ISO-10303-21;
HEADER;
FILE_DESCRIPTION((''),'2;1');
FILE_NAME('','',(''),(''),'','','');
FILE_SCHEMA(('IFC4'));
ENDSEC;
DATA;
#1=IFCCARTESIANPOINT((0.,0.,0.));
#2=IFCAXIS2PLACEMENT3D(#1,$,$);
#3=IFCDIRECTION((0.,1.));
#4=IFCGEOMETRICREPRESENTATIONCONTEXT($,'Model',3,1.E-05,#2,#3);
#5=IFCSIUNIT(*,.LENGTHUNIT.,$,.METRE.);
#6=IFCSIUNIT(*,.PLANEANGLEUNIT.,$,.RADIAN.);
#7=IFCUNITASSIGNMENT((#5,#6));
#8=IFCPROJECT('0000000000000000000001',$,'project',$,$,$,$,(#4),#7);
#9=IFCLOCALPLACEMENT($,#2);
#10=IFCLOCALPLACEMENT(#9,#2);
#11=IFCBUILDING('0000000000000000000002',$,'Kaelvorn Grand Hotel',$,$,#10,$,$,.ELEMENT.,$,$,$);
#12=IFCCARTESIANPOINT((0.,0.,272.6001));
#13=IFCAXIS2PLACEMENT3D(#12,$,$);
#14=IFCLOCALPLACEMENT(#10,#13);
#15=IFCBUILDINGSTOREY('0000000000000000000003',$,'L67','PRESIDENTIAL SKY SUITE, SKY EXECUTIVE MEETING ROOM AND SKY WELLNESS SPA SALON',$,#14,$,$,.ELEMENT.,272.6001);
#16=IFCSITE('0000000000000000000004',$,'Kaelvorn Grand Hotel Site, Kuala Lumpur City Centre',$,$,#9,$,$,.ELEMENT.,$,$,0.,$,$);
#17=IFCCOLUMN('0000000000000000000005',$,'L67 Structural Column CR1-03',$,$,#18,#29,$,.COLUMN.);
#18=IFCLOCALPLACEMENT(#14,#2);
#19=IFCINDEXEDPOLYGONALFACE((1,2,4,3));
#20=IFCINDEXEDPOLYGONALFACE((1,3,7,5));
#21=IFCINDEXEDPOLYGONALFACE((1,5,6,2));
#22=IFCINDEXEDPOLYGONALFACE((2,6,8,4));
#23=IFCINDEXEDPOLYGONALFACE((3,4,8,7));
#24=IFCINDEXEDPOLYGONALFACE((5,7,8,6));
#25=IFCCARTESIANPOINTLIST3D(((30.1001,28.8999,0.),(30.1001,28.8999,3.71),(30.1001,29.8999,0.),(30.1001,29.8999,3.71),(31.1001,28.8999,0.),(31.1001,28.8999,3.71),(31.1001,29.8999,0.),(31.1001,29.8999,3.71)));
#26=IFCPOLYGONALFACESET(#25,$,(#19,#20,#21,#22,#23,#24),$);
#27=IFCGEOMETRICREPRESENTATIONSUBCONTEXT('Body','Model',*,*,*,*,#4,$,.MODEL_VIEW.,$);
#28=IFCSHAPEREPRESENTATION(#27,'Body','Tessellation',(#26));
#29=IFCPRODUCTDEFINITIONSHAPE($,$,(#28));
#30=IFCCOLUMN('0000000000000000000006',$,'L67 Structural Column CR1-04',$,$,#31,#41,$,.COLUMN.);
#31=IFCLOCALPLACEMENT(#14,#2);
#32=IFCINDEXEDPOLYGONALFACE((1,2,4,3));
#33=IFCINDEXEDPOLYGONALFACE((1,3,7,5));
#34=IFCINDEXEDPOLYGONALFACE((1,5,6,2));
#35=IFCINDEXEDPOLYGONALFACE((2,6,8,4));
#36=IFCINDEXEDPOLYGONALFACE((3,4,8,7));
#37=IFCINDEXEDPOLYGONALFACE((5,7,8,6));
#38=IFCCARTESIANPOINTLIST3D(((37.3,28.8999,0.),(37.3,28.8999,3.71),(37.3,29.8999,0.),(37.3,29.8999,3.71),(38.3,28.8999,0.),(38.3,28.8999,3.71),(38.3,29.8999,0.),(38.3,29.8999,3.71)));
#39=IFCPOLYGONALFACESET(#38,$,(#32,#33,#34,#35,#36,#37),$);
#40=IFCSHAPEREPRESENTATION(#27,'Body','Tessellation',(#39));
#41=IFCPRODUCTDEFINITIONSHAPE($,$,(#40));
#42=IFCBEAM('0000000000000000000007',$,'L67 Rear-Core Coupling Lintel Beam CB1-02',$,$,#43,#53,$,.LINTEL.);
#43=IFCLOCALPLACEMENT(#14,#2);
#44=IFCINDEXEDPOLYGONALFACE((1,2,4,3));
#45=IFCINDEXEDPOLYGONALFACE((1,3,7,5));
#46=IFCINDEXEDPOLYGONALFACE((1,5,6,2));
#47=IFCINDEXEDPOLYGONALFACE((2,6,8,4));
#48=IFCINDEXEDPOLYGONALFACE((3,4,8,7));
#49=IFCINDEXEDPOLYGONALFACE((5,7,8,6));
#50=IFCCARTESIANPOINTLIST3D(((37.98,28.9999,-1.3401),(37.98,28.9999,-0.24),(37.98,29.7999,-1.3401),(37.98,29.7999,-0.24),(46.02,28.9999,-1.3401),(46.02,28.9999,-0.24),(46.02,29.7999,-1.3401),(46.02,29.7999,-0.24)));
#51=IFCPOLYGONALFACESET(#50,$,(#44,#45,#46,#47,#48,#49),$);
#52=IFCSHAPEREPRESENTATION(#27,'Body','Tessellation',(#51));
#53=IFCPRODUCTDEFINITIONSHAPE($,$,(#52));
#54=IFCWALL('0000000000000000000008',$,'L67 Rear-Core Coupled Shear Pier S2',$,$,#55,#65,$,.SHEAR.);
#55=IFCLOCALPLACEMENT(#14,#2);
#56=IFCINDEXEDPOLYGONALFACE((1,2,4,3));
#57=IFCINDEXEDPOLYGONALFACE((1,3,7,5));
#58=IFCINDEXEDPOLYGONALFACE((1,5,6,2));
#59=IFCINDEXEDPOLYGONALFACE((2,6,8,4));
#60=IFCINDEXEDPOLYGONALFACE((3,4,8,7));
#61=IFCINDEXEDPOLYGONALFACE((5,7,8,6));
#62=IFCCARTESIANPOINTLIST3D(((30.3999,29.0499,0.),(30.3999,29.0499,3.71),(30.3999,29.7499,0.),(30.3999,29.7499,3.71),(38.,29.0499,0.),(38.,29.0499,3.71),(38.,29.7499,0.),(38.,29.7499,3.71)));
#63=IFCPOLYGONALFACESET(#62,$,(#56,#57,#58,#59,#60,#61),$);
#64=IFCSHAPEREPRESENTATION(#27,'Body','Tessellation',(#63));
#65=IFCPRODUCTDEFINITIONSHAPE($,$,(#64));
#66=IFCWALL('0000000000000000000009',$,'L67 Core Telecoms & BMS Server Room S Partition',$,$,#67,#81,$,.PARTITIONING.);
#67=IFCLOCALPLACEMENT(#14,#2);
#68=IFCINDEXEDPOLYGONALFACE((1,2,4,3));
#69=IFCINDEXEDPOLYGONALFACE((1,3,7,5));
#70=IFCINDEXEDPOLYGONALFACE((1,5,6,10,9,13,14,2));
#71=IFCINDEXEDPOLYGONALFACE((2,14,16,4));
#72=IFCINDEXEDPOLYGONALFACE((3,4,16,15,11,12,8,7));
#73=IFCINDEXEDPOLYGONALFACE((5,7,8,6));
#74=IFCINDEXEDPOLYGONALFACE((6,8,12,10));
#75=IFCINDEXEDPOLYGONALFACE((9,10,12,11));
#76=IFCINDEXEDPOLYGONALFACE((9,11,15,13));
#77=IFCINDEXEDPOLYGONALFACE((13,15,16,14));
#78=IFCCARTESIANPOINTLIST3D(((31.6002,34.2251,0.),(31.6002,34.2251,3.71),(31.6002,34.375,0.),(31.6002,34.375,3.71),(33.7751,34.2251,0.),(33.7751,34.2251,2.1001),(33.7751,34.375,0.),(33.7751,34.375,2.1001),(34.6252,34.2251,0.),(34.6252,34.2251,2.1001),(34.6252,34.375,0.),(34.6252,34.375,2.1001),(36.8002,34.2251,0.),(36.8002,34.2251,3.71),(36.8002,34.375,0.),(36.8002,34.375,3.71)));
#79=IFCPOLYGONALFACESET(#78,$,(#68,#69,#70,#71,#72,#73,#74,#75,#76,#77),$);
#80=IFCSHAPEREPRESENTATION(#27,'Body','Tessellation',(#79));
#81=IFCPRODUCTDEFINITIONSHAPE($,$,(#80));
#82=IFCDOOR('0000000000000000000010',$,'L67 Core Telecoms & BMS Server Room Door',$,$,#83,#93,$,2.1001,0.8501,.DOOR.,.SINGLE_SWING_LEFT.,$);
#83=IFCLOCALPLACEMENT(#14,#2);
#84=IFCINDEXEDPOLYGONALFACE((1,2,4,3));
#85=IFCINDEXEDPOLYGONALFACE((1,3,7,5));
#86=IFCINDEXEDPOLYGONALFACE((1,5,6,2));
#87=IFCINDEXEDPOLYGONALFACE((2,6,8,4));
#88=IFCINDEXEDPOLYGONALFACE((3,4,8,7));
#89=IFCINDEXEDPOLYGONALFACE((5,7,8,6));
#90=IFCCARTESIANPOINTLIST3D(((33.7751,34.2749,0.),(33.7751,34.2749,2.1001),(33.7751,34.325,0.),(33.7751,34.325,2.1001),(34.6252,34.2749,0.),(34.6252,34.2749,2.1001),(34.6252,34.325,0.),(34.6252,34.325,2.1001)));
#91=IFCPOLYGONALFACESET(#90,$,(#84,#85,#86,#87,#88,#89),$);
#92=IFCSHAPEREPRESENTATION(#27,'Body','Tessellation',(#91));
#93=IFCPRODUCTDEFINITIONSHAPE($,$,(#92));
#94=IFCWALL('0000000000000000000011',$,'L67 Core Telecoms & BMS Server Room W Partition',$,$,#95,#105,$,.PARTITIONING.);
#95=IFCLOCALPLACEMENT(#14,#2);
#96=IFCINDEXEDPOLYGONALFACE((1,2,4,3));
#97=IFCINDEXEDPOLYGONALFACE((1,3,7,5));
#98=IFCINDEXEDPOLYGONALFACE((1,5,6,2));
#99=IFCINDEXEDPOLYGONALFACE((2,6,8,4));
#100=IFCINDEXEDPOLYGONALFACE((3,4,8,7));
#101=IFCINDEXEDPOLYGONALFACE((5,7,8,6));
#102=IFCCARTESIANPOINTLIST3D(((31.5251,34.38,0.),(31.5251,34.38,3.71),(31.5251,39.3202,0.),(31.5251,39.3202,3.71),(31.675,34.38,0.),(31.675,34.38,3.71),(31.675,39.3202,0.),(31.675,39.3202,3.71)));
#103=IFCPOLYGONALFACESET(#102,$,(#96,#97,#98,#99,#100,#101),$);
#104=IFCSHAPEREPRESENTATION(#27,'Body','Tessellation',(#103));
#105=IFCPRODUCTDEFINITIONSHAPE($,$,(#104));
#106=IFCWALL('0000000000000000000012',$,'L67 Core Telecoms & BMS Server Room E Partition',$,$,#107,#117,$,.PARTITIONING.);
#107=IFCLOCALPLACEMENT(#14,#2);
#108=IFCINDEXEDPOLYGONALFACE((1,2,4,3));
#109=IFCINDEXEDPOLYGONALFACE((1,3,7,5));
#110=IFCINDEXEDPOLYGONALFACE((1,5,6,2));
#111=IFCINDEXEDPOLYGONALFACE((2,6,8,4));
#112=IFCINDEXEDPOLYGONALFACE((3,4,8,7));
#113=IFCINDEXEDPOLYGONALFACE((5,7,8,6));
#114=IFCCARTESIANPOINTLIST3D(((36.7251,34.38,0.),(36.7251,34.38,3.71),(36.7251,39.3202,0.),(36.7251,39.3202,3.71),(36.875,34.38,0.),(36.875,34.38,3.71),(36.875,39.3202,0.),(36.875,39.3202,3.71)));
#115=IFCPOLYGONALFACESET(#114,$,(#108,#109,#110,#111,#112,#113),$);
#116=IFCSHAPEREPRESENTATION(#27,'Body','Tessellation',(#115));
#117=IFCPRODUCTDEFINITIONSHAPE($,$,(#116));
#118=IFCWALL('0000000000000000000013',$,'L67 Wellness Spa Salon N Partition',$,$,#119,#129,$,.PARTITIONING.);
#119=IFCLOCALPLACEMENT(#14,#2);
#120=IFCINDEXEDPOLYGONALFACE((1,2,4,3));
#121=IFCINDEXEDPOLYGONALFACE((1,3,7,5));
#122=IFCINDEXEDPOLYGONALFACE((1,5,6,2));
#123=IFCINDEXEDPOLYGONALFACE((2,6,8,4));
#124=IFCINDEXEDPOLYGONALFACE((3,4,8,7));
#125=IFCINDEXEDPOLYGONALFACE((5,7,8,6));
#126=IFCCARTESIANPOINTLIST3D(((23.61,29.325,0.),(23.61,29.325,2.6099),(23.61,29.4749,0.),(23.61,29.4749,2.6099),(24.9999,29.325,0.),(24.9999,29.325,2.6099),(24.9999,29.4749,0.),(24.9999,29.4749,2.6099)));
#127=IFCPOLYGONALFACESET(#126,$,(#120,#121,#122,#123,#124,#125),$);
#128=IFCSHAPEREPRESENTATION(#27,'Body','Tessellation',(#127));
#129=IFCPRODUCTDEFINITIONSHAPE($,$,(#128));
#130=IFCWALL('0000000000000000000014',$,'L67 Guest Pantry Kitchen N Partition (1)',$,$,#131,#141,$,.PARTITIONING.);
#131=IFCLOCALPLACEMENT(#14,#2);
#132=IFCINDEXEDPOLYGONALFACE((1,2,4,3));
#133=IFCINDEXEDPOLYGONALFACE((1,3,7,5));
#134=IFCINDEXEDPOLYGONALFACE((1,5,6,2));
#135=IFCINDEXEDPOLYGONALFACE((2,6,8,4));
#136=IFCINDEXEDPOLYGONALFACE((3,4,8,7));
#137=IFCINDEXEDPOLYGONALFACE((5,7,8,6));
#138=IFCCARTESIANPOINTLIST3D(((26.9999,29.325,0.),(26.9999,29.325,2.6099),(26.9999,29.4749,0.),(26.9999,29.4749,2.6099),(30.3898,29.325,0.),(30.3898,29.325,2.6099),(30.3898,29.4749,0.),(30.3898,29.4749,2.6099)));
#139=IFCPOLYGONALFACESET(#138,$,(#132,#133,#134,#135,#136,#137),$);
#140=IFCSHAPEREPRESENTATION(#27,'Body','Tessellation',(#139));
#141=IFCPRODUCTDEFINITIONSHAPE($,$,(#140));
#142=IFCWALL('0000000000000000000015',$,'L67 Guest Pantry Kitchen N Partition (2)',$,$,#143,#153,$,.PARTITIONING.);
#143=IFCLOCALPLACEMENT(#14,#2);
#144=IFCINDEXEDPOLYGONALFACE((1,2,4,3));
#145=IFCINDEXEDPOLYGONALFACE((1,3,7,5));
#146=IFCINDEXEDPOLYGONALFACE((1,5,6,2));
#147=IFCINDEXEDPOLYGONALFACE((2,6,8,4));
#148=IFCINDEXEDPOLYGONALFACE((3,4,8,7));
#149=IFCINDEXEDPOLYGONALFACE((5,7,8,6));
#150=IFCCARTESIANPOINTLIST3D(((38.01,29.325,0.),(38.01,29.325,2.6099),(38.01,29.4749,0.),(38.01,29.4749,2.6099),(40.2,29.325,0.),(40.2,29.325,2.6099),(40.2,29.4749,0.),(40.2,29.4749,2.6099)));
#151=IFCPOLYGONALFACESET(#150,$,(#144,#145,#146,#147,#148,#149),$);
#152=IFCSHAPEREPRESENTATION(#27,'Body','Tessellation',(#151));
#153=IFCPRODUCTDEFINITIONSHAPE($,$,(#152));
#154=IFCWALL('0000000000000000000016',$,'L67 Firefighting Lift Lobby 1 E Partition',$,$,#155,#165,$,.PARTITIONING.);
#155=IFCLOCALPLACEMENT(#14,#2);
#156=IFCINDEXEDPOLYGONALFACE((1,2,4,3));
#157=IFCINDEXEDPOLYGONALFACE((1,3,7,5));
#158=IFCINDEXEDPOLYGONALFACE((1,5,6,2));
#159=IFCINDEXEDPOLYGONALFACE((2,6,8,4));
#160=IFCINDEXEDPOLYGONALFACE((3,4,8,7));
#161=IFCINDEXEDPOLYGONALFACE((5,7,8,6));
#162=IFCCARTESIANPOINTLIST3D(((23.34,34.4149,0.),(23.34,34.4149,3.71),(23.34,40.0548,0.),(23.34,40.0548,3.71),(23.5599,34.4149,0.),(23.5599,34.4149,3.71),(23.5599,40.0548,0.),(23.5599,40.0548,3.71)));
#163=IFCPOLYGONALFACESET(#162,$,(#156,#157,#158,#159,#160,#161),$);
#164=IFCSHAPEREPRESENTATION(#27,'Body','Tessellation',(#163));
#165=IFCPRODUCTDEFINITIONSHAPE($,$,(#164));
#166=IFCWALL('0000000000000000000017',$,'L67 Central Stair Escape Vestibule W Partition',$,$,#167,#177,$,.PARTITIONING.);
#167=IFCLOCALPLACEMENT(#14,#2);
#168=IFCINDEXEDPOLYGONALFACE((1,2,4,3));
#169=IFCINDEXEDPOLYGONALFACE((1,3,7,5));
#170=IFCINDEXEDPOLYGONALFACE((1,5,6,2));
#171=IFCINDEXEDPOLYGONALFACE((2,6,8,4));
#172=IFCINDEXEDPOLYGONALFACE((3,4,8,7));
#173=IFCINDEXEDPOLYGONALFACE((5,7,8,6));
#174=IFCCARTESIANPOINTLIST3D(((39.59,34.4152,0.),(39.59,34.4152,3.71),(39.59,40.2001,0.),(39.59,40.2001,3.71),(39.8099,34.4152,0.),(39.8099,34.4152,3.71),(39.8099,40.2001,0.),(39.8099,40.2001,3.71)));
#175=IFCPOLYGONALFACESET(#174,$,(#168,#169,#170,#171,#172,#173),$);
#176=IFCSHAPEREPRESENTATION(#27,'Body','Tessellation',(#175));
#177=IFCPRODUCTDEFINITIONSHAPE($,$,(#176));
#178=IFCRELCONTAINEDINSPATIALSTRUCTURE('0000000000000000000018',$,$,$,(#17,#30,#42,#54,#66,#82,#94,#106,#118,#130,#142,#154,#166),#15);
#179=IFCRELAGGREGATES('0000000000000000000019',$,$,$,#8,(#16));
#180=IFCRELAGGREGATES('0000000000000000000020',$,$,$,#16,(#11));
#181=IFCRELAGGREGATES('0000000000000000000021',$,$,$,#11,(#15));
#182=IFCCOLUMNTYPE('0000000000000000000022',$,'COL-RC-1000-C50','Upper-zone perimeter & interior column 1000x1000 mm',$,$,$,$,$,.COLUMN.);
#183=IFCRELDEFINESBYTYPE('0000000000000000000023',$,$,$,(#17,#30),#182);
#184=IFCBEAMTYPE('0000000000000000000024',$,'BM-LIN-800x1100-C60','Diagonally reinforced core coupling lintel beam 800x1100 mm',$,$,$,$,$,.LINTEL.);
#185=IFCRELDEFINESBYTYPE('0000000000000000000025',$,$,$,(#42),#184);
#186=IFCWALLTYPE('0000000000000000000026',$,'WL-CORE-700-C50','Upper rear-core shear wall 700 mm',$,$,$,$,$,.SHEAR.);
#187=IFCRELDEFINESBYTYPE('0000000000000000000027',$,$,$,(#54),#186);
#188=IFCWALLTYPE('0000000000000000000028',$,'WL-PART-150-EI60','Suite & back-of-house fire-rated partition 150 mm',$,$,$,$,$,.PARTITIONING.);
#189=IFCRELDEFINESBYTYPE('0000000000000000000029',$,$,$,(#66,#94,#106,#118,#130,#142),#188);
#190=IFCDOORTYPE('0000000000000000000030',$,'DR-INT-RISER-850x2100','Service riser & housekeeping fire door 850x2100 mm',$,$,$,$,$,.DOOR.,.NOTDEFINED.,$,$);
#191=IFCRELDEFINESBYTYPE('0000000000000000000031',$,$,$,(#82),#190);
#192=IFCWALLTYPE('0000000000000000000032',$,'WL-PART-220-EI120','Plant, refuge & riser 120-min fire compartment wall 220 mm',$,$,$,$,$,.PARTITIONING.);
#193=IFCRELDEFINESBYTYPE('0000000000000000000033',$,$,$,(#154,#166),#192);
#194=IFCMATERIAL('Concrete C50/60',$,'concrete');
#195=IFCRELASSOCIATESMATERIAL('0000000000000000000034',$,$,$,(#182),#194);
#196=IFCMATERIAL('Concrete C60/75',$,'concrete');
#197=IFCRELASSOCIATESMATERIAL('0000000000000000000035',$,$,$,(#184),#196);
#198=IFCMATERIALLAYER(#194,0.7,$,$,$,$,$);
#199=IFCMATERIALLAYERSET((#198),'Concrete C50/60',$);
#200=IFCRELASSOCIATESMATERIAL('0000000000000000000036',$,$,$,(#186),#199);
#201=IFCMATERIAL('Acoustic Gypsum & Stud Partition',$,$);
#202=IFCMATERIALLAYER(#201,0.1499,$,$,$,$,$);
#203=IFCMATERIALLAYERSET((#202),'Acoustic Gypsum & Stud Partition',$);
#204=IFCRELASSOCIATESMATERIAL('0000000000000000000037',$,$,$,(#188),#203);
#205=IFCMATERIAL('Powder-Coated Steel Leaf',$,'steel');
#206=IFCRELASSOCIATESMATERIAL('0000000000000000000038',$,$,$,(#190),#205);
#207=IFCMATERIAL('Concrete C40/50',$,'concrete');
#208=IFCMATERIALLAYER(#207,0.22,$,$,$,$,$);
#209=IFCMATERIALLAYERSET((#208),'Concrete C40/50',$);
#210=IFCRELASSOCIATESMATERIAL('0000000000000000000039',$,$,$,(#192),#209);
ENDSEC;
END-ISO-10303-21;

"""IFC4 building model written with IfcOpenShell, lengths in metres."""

from ifc_helpers import new_model, si_unit, direction, frame, frame_2d, origin, origin_2d, place, context, subcontext, project, spatial, rectangle, extrude, material, layer, layer_set, material_profile, profile_set, type_object, element, fill, save


model = new_model("IFC4")

# Units and contexts
model_context = context("Model", 3, precision=1e-05, world=origin(), true_north=direction((0.0, 1.0)))
body_context = subcontext(model_context, "Body", "Model", "MODEL_VIEW")
ifc_project = project(units=[si_unit("LENGTHUNIT", "METRE"), si_unit("PLANEANGLEUNIT", "RADIAN")], contexts=[model_context])

# Site, building, storey
site_placement = place(None, origin())
site = spatial("IfcSite", under=ifc_project, at=site_placement, Name="Kaelvorn Grand Hotel Site, Kuala Lumpur City Centre", CompositionType="ELEMENT", RefElevation=0.0)
building_placement = place(site_placement, origin())
building = spatial("IfcBuilding", under=site, at=building_placement, Name="Kaelvorn Grand Hotel", CompositionType="ELEMENT")
storey_placement = place(building_placement, frame((0.0, 0.0, 272.6001)))
storey = spatial("IfcBuildingStorey", under=building, at=storey_placement, Name="L67", Description="PRESIDENTIAL SKY SUITE, SKY EXECUTIVE MEETING ROOM AND SKY WELLNESS SPA SALON", CompositionType="ELEMENT", Elevation=272.6001)

# Columns
ifc_material_1 = material(Name="Concrete C50/60", Category="concrete")
ifc_material_profile_1 = material_profile(ifc_material_1, rectangle(XDim=1.0, YDim=1.0, at=origin_2d()), Name="RC COL 1000x1000")
ifc_profile_set_1 = profile_set([ifc_material_profile_1], Name="Concrete C50/60")
column_type = type_object("IfcColumnType", Name="COL-RC-1000-C50", Description="Upper-zone perimeter & interior column 1000x1000 mm", PredefinedType="COLUMN", material=ifc_profile_set_1)
for number, where, z_axis, x_axis, name in (
    (1, (30.6001, 29.3999, 0.0), (0.0, 0.0, 1.0), (1.0, 0.0, 0.0), "L67 Structural Column CR1-03"),
    (2, (37.8, 29.3999, 0.0), (0.0, 0.0, 1.0), (1.0, 0.0, 0.0), "L67 Structural Column CR1-04"),
):
    element("IfcColumn", number, at=place(storey_placement, frame(where, z_axis=z_axis, x_axis=x_axis)), inside=storey, type_object=column_type, Name=name, PredefinedType="COLUMN", context=body_context, shape_type="SweptSolid", body=[
        extrude(rectangle(XDim=1.0, YDim=1.0, at=origin_2d()), origin(), (0.0, 0.0, 1.0), 3.71),
    ])

# Beam
ifc_material_2 = material(Name="Concrete C60/75", Category="concrete")
ifc_material_profile_2 = material_profile(ifc_material_2, rectangle(XDim=0.8, YDim=1.1001, at=origin_2d()), Name="RC LINTEL 800x1100")
ifc_profile_set_2 = profile_set([ifc_material_profile_2], Name="Concrete C60/75")
beam_type = type_object("IfcBeamType", Name="BM-LIN-800x1100-C60", Description="Diagonally reinforced core coupling lintel beam 800x1100 mm", PredefinedType="LINTEL", material=ifc_profile_set_2)
beam_placement = place(storey_placement, frame((37.98, 29.3999, -0.79), z_axis=(1.0, 0.0, 0.0), x_axis=(0.0, 1.0, 0.0)))
element("IfcBeam", 3, at=beam_placement, inside=storey, type_object=beam_type, Name="L67 Rear-Core Coupling Lintel Beam CB1-02", PredefinedType="LINTEL", context=body_context, shape_type="SweptSolid", body=[
    extrude(rectangle(XDim=0.8, YDim=1.1001, at=origin_2d()), origin(), (0.0, 0.0, 1.0), 8.04),
])

# Wall
ifc_layer_1 = layer(ifc_material_1, 0.7)
ifc_layer_set_1 = layer_set([ifc_layer_1], Name="Concrete C50/60")
wall_type_1 = type_object("IfcWallType", Name="WL-CORE-700-C50", Description="Upper rear-core shear wall 700 mm", PredefinedType="SHEAR", material=ifc_layer_set_1)
wall_1_placement = place(storey_placement, frame((30.3999, 29.3999, 0.0), z_axis=(0.0, 0.0, 1.0), x_axis=(1.0, 0.0, 0.0)))
element("IfcWall", 4, at=wall_1_placement, inside=storey, type_object=wall_type_1, Name="L67 Rear-Core Coupled Shear Pier S2", PredefinedType="SHEAR", context=body_context, shape_type="SweptSolid", body=[
    extrude(rectangle(XDim=7.6001, YDim=0.7, at=frame_2d((3.8, 0.0))), origin(), (0.0, 0.0, 1.0), 3.71),
])

# Wall, opening, door
ifc_material_3 = material(Name="Acoustic Gypsum & Stud Partition")
ifc_layer_2 = layer(ifc_material_3, 0.1499)
ifc_layer_set_2 = layer_set([ifc_layer_2], Name="Acoustic Gypsum & Stud Partition")
wall_type_2 = type_object("IfcWallType", Name="WL-PART-150-EI60", Description="Suite & back-of-house fire-rated partition 150 mm", PredefinedType="PARTITIONING", material=ifc_layer_set_2)
wall_2_placement = place(storey_placement, frame((31.6001, 34.3, 0.0), z_axis=(0.0, 0.0, 1.0), x_axis=(1.0, 0.0, 0.0)))
wall_2 = element("IfcWall", 5, at=wall_2_placement, inside=storey, type_object=wall_type_2, Name="L67 Core Telecoms & BMS Server Room S Partition", PredefinedType="PARTITIONING", context=body_context, shape_type="SweptSolid", body=[
    extrude(rectangle(XDim=5.2, YDim=0.1499, at=frame_2d((2.6001, 0.0))), origin(), (0.0, 0.0, 1.0), 3.71),
])
opening_1_placement = place(wall_2_placement, frame((2.175, 0.0, 0.0)))
opening_1 = element("IfcOpeningElement", 6, at=opening_1_placement, cuts=wall_2, PredefinedType="OPENING", context=body_context, shape_type="SweptSolid", body=[
    extrude(rectangle(XDim=0.8501, YDim=2.1001, at=frame_2d((0.425, 1.05))), frame((0.0, 0.085, 0.0), z_axis=(0.0, -1.0, 0.0), x_axis=(1.0, 0.0, 0.0)), (0.0, 0.0, 1.0), 0.1699),
])
ifc_material_4 = material(Name="Powder-Coated Steel Leaf", Category="steel")
door_type_1 = type_object("IfcDoorType", Name="DR-INT-RISER-850x2100", Description="Service riser & housekeeping fire door 850x2100 mm", OperationType="NOTDEFINED", PredefinedType="DOOR", material=ifc_material_4)
door_1_placement = place(opening_1_placement, origin())
door_1 = element("IfcDoor", 7, at=door_1_placement, inside=storey, type_object=door_type_1, Name="L67 Core Telecoms & BMS Server Room Door", OperationType="SINGLE_SWING_LEFT", OverallHeight=2.1001, OverallWidth=0.8501, PredefinedType="DOOR", context=body_context, shape_type="SweptSolid", body=[
    extrude(rectangle(XDim=0.8501, YDim=2.1001, at=frame_2d((0.425, 1.05))), frame((0.0, 0.0249, 0.0), z_axis=(0.0, -1.0, 0.0), x_axis=(1.0, 0.0, 0.0)), (0.0, 0.0, 1.0), 0.05),
])
fill(opening_1, door_1)

# Walls
for number, where, z_axis, x_axis, name in (
    (8, (31.6001, 34.3799, 0.0), (0.0, 0.0, 1.0), (0.0, 1.0, 0.0), "L67 Core Telecoms & BMS Server Room W Partition"),
    (9, (36.8, 34.3799, 0.0), (0.0, 0.0, 1.0), (0.0, 1.0, 0.0), "L67 Core Telecoms & BMS Server Room E Partition"),
):
    element("IfcWall", number, at=place(storey_placement, frame(where, z_axis=z_axis, x_axis=x_axis)), inside=storey, type_object=wall_type_2, Name=name, PredefinedType="PARTITIONING", context=body_context, shape_type="SweptSolid", body=[
        extrude(rectangle(XDim=4.9402, YDim=0.1499, at=frame_2d((2.4702, 0.0))), origin(), (0.0, 0.0, 1.0), 3.71),
    ])
wall_3_placement = place(storey_placement, frame((23.6101, 29.3999, 0.0), z_axis=(0.0, 0.0, 1.0), x_axis=(1.0, 0.0, 0.0)))
element("IfcWall", 10, at=wall_3_placement, inside=storey, type_object=wall_type_2, Name="L67 Wellness Spa Salon N Partition", PredefinedType="PARTITIONING", context=body_context, shape_type="SweptSolid", body=[
    extrude(rectangle(XDim=1.3899, YDim=0.1499, at=frame_2d((0.6948, 0.0))), origin(), (0.0, 0.0, 1.0), 2.6099),
])
wall_4_placement = place(storey_placement, frame((27.0, 29.3999, 0.0), z_axis=(0.0, 0.0, 1.0), x_axis=(1.0, 0.0, 0.0)))
element("IfcWall", 11, at=wall_4_placement, inside=storey, type_object=wall_type_2, Name="L67 Guest Pantry Kitchen N Partition (1)", PredefinedType="PARTITIONING", context=body_context, shape_type="SweptSolid", body=[
    extrude(rectangle(XDim=3.3899, YDim=0.1499, at=frame_2d((1.6948, 0.0))), origin(), (0.0, 0.0, 1.0), 2.6099),
])
wall_5_placement = place(storey_placement, frame((38.01, 29.3999, 0.0), z_axis=(0.0, 0.0, 1.0), x_axis=(1.0, 0.0, 0.0)))
element("IfcWall", 12, at=wall_5_placement, inside=storey, type_object=wall_type_2, Name="L67 Guest Pantry Kitchen N Partition (2)", PredefinedType="PARTITIONING", context=body_context, shape_type="SweptSolid", body=[
    extrude(rectangle(XDim=2.1899, YDim=0.1499, at=frame_2d((1.095, 0.0))), origin(), (0.0, 0.0, 1.0), 2.6099),
])
ifc_material_5 = material(Name="Concrete C40/50", Category="concrete")
ifc_layer_3 = layer(ifc_material_5, 0.22)
ifc_layer_set_3 = layer_set([ifc_layer_3], Name="Concrete C40/50")
wall_type_3 = type_object("IfcWallType", Name="WL-PART-220-EI120", Description="Plant, refuge & riser 120-min fire compartment wall 220 mm", PredefinedType="PARTITIONING", material=ifc_layer_set_3)
wall_6_placement = place(storey_placement, frame((23.45, 34.415, 0.0), z_axis=(0.0, 0.0, 1.0), x_axis=(0.0, 1.0, 0.0)))
element("IfcWall", 13, at=wall_6_placement, inside=storey, type_object=wall_type_3, Name="L67 Firefighting Lift Lobby 1 E Partition", PredefinedType="PARTITIONING", context=body_context, shape_type="SweptSolid", body=[
    extrude(rectangle(XDim=5.6399, YDim=0.22, at=frame_2d((2.8198, 0.0))), origin(), (0.0, 0.0, 1.0), 3.71),
])

# Wall
wall_7_placement = place(storey_placement, frame((39.7, 34.415, 0.0), z_axis=(0.0, 0.0, 1.0), x_axis=(0.0, 1.0, 0.0)))
element("IfcWall", 14, at=wall_7_placement, inside=storey, type_object=wall_type_3, Name="L67 Central Stair Escape Vestibule W Partition", PredefinedType="PARTITIONING", context=body_context, shape_type="SweptSolid", body=[
    extrude(rectangle(XDim=5.7849, YDim=0.22, at=frame_2d((2.8926, 0.0))), origin(), (0.0, 0.0, 1.0), 3.71),
])

save(model, "model.ifc")
